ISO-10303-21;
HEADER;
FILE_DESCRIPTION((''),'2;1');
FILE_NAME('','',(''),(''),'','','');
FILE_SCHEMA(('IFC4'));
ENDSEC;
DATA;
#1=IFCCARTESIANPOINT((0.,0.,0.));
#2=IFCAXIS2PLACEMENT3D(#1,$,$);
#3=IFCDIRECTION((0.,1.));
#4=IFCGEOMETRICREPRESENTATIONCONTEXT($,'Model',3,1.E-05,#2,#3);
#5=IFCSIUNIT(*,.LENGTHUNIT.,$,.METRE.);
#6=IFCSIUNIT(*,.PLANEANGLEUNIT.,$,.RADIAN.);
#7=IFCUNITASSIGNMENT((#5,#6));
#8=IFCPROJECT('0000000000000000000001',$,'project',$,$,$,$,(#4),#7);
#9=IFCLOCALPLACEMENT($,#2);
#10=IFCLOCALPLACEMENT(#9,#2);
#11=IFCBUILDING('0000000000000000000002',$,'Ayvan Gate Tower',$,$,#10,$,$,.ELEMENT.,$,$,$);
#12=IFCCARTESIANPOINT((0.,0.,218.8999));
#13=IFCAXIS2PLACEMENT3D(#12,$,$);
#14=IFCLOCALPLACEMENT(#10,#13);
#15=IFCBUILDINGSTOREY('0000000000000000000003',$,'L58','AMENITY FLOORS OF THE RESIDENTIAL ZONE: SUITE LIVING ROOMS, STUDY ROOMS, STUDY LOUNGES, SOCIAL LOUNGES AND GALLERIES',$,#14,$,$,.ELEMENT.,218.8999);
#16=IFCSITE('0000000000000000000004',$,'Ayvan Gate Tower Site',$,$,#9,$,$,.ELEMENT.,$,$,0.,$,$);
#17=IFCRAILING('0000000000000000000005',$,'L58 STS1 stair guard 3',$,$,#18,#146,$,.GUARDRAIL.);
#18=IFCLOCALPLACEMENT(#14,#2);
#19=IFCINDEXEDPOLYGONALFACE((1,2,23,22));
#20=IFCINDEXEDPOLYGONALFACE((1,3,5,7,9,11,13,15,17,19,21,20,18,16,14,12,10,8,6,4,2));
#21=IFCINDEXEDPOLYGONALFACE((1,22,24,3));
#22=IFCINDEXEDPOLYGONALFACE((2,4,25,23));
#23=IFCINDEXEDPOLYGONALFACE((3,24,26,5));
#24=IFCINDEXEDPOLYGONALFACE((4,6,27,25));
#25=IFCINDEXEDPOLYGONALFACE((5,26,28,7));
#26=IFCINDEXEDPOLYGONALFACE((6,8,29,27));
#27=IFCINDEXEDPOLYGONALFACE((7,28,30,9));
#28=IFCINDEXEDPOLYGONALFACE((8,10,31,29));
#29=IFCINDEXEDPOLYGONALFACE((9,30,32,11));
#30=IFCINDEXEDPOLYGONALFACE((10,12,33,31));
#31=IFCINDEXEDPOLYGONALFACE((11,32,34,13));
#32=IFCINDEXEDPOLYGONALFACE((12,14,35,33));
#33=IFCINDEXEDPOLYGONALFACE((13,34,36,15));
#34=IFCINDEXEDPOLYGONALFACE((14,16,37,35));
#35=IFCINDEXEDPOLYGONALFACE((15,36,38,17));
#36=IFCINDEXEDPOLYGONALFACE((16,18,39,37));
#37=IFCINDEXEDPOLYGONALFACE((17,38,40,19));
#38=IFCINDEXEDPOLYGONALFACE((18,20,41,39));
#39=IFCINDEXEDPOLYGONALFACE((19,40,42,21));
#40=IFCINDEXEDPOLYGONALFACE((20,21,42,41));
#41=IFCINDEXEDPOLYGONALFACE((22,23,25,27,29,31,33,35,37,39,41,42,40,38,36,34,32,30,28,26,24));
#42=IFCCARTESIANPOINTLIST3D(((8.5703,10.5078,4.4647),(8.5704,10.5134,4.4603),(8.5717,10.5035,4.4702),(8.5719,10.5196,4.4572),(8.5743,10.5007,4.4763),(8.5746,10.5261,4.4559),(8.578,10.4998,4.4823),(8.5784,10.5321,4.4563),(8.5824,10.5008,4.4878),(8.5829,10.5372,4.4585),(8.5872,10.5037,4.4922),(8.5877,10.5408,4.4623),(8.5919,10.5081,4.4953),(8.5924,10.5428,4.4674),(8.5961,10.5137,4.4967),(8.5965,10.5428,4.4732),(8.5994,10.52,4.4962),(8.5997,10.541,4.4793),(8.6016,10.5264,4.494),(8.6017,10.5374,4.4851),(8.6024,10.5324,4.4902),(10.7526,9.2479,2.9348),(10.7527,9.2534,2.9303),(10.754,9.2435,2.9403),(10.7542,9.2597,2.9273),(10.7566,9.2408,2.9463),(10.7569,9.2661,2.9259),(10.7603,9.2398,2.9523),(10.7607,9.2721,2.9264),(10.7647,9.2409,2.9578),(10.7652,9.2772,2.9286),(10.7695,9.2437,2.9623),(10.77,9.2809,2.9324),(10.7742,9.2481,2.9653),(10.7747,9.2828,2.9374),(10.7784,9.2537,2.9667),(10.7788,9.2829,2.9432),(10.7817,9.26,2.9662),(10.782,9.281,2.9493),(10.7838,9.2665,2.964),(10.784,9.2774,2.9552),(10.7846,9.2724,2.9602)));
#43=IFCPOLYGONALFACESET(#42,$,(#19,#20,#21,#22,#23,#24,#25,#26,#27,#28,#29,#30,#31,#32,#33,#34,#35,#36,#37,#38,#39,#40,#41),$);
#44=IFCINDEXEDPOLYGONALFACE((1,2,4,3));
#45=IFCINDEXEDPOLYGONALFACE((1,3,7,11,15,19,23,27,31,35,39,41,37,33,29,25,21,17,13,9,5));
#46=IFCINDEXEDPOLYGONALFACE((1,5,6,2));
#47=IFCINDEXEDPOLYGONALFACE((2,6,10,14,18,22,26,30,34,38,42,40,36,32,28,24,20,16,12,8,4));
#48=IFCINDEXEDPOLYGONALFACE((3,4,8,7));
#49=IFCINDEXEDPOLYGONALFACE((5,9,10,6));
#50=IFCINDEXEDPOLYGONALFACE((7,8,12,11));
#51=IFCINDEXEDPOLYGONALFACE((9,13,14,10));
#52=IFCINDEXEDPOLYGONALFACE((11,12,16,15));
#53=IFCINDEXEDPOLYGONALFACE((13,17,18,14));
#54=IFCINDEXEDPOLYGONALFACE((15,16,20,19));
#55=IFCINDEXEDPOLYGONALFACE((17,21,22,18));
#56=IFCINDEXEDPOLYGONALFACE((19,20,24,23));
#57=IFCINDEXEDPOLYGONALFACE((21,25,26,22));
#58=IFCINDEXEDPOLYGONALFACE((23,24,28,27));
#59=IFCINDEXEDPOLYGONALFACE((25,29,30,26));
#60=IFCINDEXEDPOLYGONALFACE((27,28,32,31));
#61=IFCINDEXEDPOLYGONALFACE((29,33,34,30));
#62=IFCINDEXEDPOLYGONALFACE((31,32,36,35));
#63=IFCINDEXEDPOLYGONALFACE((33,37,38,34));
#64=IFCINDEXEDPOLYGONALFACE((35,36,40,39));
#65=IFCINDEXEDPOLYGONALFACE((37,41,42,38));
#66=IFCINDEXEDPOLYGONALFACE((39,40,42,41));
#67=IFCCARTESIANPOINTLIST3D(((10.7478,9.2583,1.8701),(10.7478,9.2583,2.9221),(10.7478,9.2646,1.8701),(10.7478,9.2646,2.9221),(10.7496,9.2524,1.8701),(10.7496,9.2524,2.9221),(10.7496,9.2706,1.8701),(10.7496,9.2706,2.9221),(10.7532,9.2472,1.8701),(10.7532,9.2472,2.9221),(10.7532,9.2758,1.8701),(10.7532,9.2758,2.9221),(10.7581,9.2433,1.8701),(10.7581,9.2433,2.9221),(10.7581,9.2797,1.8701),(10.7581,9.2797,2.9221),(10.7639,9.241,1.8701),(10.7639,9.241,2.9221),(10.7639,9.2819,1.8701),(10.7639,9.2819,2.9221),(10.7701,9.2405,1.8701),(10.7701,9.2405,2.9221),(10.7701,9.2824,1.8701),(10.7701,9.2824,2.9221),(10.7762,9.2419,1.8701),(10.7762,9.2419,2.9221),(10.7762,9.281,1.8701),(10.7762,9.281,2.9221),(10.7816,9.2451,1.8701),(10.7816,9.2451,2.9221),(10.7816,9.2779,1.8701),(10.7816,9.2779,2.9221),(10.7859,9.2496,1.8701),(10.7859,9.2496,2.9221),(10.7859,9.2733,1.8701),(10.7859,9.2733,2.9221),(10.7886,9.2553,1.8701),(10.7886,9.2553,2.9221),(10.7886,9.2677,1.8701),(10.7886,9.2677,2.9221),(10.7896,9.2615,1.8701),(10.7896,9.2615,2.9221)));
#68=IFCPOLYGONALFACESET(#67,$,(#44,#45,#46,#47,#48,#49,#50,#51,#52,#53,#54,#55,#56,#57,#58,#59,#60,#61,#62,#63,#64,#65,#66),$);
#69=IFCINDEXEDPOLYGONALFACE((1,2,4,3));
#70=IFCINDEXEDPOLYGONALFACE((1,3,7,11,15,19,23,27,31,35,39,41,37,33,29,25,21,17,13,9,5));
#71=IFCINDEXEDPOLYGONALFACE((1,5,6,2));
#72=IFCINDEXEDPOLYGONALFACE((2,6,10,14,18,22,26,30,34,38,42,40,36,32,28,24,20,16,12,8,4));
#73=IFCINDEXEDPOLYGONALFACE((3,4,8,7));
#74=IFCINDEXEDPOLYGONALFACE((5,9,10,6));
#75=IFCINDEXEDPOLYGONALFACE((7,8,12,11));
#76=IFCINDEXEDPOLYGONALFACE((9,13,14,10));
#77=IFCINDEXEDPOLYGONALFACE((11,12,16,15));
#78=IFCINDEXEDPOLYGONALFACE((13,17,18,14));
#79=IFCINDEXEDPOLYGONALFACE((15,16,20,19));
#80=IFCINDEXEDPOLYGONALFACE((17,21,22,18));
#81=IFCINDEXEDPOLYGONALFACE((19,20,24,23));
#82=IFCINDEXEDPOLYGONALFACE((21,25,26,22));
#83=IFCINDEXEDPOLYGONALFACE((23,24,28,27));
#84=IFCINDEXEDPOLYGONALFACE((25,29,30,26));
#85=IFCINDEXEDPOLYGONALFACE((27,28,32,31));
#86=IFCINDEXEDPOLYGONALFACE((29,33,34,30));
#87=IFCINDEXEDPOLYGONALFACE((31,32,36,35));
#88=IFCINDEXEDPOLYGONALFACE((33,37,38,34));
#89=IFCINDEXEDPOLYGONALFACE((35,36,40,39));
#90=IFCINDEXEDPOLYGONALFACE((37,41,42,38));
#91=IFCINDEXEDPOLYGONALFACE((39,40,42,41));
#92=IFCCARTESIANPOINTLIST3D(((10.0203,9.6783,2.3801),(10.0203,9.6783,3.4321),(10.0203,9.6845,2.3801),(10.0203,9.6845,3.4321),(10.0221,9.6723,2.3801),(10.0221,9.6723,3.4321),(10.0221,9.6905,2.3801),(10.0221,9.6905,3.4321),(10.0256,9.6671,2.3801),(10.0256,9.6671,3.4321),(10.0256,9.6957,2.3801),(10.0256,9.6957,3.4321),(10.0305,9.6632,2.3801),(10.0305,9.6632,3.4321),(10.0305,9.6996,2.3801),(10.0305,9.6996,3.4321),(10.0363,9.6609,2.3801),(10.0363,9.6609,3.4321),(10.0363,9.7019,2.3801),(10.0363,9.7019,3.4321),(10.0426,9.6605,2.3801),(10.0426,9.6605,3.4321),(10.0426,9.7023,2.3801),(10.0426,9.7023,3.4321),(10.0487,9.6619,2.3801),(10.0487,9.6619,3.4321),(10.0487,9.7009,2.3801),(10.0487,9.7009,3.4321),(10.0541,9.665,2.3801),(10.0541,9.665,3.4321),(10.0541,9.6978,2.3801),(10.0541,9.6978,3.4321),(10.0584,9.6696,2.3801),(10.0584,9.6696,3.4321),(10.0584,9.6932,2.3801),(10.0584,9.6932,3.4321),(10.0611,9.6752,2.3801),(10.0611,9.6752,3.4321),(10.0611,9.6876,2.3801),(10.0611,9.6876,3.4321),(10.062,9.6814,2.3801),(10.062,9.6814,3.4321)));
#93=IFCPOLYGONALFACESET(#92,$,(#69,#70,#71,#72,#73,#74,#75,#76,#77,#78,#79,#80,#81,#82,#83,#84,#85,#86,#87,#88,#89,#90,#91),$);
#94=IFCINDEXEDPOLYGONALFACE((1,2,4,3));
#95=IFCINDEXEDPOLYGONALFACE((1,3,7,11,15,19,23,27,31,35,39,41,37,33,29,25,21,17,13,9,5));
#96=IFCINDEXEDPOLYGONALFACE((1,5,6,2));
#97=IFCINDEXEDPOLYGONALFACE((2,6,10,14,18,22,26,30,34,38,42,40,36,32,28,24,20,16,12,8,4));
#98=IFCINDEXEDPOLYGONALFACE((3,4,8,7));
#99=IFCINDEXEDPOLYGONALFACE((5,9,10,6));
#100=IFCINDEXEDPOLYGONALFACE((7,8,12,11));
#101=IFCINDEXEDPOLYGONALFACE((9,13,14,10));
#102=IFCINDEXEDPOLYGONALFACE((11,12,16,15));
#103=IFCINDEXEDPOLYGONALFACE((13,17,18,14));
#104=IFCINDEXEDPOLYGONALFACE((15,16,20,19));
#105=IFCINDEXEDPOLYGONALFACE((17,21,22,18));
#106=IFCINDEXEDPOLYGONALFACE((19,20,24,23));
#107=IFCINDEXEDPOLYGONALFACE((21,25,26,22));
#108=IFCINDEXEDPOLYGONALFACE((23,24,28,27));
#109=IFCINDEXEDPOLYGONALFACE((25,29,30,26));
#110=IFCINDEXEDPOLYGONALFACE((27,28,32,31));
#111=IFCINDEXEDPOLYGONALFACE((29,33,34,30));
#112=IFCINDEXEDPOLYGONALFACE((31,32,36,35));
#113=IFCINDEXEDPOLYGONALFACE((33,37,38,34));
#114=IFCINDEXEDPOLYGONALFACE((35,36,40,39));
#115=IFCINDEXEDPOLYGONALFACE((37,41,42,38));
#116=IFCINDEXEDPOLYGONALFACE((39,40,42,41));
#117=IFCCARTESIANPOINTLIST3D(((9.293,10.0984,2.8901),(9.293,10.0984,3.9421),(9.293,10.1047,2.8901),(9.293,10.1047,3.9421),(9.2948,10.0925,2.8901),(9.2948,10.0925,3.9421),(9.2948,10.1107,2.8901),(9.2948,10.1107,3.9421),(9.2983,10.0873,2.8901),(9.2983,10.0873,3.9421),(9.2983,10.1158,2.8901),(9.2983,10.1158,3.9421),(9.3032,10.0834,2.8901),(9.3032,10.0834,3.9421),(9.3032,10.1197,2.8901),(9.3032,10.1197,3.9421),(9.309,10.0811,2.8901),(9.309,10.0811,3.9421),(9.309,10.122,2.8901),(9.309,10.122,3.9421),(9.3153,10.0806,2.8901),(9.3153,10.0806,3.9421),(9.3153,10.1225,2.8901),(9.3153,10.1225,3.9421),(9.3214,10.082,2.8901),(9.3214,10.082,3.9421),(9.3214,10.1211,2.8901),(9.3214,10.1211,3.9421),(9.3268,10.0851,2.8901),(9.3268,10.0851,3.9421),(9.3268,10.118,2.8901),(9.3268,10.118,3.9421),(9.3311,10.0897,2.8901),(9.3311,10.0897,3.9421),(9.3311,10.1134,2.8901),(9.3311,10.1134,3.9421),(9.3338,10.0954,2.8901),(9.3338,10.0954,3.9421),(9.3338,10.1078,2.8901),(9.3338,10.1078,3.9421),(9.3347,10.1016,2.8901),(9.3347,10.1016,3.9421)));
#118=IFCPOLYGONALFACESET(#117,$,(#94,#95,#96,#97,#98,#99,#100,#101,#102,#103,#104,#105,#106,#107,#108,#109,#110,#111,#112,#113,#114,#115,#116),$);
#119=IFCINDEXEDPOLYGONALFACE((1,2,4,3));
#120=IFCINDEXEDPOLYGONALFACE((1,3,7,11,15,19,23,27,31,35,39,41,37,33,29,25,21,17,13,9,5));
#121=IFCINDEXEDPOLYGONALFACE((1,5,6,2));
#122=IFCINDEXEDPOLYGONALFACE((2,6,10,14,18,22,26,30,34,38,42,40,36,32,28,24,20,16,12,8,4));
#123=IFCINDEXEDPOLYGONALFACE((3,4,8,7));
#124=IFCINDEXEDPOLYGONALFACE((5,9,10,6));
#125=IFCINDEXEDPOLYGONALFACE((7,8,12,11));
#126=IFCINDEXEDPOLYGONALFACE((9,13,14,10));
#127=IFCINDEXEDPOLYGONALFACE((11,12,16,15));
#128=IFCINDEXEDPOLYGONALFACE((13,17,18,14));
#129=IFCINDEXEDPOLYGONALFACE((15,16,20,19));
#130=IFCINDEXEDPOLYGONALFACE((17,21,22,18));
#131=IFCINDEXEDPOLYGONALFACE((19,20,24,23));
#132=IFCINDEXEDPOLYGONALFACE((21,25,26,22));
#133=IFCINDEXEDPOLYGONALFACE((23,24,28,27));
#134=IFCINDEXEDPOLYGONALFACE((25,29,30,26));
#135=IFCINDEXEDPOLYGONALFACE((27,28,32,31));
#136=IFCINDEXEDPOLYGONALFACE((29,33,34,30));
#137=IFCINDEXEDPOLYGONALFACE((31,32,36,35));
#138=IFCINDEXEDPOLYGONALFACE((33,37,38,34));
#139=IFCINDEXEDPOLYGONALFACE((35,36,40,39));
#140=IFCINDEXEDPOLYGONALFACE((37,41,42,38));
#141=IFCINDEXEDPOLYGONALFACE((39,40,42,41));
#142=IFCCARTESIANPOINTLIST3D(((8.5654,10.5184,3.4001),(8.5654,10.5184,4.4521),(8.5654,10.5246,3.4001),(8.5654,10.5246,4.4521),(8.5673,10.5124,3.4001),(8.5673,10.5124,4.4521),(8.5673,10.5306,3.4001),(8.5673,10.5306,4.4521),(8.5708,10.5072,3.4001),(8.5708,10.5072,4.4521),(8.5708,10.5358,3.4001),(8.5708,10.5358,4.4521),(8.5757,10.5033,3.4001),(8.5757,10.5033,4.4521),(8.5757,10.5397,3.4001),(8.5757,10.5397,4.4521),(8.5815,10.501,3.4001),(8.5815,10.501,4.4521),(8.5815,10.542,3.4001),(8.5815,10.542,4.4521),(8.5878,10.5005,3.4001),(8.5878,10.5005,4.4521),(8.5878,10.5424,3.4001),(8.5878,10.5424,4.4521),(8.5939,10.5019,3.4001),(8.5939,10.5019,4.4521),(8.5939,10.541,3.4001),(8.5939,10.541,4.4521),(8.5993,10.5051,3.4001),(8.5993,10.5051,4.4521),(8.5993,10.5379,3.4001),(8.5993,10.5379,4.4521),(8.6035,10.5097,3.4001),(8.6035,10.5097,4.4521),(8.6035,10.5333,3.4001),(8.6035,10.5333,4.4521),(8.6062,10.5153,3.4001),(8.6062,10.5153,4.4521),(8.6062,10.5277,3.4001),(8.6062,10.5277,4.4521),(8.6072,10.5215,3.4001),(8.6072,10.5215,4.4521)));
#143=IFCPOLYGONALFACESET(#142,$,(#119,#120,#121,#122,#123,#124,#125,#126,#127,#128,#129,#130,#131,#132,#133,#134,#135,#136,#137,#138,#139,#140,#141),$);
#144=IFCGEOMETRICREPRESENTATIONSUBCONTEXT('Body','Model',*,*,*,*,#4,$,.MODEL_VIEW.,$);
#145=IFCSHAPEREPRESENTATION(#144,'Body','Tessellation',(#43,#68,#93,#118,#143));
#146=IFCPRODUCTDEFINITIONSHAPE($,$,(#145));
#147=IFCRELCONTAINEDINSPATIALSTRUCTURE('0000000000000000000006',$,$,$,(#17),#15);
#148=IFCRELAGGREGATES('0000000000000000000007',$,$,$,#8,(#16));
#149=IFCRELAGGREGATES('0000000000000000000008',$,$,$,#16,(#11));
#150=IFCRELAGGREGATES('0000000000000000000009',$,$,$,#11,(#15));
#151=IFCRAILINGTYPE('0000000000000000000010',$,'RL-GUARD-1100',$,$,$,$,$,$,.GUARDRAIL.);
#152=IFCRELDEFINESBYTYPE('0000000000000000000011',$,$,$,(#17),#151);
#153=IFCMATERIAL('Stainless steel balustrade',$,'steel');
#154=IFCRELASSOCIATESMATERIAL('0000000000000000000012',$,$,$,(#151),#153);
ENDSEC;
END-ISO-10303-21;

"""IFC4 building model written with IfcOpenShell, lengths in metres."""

from ifc_helpers import new_model, si_unit, direction, frame, origin, origin_2d, place, context, subcontext, project, spatial, circle, extrude, material, type_object, element, save


model = new_model("IFC4")

# Units and contexts
model_context = context("Model", 3, precision=1e-05, world=origin(), true_north=direction((0.0, 1.0)))
body_context = subcontext(model_context, "Body", "Model", "MODEL_VIEW")
ifc_project = project(units=[si_unit("LENGTHUNIT", "METRE"), si_unit("PLANEANGLEUNIT", "RADIAN")], contexts=[model_context])

# Site, building, storey
site_placement = place(None, origin())
site = spatial("IfcSite", under=ifc_project, at=site_placement, Name="Ayvan Gate Tower Site", CompositionType="ELEMENT", RefElevation=0.0)
building_placement = place(site_placement, origin())
building = spatial("IfcBuilding", under=site, at=building_placement, Name="Ayvan Gate Tower", CompositionType="ELEMENT")
storey_placement = place(building_placement, frame((0.0, 0.0, 218.8999)))
storey = spatial("IfcBuildingStorey", under=building, at=storey_placement, Name="L58", Description="AMENITY FLOORS OF THE RESIDENTIAL ZONE: SUITE LIVING ROOMS, STUDY ROOMS, STUDY LOUNGES, SOCIAL LOUNGES AND GALLERIES", CompositionType="ELEMENT", Elevation=218.8999)

# Railing
ifc_material_1 = material(Name="Stainless steel balustrade", Category="steel")
railing_type_1 = type_object("IfcRailingType", Name="RL-GUARD-1100", PredefinedType="GUARDRAIL", material=ifc_material_1)
railing_1_placement = place(storey_placement, frame((10.7686, 9.2615, 1.8701)))
element("IfcRailing", 1, at=railing_1_placement, inside=storey, type_object=railing_type_1, Name="L58 STS1 stair guard 3", PredefinedType="GUARDRAIL", context=body_context, shape_type="SweptSolid", body=[
    extrude(circle(Radius=0.0239, at=origin_2d()), frame((0.0, 0.0, 1.0762), z_axis=(-0.740261, 0.427395, 0.518986), x_axis=(-0.500005, -0.866023, 0.0)), (0.0, 0.0, 1.0), 2.948),
    extrude(circle(Radius=0.021, at=origin_2d()), origin(), (0.0, 0.0, 1.0), 1.052),
    extrude(circle(Radius=0.021, at=origin_2d()), frame((-0.7275, 0.4199, 0.51)), (0.0, 0.0, 1.0), 1.052),
    extrude(circle(Radius=0.021, at=origin_2d()), frame((-1.4548, 0.8401, 1.02)), (0.0, 0.0, 1.0), 1.052),
    extrude(circle(Radius=0.021, at=origin_2d()), frame((-2.1824, 1.26, 1.53)), (0.0, 0.0, 1.0), 1.052),
])

save(model, "model.ifc")
